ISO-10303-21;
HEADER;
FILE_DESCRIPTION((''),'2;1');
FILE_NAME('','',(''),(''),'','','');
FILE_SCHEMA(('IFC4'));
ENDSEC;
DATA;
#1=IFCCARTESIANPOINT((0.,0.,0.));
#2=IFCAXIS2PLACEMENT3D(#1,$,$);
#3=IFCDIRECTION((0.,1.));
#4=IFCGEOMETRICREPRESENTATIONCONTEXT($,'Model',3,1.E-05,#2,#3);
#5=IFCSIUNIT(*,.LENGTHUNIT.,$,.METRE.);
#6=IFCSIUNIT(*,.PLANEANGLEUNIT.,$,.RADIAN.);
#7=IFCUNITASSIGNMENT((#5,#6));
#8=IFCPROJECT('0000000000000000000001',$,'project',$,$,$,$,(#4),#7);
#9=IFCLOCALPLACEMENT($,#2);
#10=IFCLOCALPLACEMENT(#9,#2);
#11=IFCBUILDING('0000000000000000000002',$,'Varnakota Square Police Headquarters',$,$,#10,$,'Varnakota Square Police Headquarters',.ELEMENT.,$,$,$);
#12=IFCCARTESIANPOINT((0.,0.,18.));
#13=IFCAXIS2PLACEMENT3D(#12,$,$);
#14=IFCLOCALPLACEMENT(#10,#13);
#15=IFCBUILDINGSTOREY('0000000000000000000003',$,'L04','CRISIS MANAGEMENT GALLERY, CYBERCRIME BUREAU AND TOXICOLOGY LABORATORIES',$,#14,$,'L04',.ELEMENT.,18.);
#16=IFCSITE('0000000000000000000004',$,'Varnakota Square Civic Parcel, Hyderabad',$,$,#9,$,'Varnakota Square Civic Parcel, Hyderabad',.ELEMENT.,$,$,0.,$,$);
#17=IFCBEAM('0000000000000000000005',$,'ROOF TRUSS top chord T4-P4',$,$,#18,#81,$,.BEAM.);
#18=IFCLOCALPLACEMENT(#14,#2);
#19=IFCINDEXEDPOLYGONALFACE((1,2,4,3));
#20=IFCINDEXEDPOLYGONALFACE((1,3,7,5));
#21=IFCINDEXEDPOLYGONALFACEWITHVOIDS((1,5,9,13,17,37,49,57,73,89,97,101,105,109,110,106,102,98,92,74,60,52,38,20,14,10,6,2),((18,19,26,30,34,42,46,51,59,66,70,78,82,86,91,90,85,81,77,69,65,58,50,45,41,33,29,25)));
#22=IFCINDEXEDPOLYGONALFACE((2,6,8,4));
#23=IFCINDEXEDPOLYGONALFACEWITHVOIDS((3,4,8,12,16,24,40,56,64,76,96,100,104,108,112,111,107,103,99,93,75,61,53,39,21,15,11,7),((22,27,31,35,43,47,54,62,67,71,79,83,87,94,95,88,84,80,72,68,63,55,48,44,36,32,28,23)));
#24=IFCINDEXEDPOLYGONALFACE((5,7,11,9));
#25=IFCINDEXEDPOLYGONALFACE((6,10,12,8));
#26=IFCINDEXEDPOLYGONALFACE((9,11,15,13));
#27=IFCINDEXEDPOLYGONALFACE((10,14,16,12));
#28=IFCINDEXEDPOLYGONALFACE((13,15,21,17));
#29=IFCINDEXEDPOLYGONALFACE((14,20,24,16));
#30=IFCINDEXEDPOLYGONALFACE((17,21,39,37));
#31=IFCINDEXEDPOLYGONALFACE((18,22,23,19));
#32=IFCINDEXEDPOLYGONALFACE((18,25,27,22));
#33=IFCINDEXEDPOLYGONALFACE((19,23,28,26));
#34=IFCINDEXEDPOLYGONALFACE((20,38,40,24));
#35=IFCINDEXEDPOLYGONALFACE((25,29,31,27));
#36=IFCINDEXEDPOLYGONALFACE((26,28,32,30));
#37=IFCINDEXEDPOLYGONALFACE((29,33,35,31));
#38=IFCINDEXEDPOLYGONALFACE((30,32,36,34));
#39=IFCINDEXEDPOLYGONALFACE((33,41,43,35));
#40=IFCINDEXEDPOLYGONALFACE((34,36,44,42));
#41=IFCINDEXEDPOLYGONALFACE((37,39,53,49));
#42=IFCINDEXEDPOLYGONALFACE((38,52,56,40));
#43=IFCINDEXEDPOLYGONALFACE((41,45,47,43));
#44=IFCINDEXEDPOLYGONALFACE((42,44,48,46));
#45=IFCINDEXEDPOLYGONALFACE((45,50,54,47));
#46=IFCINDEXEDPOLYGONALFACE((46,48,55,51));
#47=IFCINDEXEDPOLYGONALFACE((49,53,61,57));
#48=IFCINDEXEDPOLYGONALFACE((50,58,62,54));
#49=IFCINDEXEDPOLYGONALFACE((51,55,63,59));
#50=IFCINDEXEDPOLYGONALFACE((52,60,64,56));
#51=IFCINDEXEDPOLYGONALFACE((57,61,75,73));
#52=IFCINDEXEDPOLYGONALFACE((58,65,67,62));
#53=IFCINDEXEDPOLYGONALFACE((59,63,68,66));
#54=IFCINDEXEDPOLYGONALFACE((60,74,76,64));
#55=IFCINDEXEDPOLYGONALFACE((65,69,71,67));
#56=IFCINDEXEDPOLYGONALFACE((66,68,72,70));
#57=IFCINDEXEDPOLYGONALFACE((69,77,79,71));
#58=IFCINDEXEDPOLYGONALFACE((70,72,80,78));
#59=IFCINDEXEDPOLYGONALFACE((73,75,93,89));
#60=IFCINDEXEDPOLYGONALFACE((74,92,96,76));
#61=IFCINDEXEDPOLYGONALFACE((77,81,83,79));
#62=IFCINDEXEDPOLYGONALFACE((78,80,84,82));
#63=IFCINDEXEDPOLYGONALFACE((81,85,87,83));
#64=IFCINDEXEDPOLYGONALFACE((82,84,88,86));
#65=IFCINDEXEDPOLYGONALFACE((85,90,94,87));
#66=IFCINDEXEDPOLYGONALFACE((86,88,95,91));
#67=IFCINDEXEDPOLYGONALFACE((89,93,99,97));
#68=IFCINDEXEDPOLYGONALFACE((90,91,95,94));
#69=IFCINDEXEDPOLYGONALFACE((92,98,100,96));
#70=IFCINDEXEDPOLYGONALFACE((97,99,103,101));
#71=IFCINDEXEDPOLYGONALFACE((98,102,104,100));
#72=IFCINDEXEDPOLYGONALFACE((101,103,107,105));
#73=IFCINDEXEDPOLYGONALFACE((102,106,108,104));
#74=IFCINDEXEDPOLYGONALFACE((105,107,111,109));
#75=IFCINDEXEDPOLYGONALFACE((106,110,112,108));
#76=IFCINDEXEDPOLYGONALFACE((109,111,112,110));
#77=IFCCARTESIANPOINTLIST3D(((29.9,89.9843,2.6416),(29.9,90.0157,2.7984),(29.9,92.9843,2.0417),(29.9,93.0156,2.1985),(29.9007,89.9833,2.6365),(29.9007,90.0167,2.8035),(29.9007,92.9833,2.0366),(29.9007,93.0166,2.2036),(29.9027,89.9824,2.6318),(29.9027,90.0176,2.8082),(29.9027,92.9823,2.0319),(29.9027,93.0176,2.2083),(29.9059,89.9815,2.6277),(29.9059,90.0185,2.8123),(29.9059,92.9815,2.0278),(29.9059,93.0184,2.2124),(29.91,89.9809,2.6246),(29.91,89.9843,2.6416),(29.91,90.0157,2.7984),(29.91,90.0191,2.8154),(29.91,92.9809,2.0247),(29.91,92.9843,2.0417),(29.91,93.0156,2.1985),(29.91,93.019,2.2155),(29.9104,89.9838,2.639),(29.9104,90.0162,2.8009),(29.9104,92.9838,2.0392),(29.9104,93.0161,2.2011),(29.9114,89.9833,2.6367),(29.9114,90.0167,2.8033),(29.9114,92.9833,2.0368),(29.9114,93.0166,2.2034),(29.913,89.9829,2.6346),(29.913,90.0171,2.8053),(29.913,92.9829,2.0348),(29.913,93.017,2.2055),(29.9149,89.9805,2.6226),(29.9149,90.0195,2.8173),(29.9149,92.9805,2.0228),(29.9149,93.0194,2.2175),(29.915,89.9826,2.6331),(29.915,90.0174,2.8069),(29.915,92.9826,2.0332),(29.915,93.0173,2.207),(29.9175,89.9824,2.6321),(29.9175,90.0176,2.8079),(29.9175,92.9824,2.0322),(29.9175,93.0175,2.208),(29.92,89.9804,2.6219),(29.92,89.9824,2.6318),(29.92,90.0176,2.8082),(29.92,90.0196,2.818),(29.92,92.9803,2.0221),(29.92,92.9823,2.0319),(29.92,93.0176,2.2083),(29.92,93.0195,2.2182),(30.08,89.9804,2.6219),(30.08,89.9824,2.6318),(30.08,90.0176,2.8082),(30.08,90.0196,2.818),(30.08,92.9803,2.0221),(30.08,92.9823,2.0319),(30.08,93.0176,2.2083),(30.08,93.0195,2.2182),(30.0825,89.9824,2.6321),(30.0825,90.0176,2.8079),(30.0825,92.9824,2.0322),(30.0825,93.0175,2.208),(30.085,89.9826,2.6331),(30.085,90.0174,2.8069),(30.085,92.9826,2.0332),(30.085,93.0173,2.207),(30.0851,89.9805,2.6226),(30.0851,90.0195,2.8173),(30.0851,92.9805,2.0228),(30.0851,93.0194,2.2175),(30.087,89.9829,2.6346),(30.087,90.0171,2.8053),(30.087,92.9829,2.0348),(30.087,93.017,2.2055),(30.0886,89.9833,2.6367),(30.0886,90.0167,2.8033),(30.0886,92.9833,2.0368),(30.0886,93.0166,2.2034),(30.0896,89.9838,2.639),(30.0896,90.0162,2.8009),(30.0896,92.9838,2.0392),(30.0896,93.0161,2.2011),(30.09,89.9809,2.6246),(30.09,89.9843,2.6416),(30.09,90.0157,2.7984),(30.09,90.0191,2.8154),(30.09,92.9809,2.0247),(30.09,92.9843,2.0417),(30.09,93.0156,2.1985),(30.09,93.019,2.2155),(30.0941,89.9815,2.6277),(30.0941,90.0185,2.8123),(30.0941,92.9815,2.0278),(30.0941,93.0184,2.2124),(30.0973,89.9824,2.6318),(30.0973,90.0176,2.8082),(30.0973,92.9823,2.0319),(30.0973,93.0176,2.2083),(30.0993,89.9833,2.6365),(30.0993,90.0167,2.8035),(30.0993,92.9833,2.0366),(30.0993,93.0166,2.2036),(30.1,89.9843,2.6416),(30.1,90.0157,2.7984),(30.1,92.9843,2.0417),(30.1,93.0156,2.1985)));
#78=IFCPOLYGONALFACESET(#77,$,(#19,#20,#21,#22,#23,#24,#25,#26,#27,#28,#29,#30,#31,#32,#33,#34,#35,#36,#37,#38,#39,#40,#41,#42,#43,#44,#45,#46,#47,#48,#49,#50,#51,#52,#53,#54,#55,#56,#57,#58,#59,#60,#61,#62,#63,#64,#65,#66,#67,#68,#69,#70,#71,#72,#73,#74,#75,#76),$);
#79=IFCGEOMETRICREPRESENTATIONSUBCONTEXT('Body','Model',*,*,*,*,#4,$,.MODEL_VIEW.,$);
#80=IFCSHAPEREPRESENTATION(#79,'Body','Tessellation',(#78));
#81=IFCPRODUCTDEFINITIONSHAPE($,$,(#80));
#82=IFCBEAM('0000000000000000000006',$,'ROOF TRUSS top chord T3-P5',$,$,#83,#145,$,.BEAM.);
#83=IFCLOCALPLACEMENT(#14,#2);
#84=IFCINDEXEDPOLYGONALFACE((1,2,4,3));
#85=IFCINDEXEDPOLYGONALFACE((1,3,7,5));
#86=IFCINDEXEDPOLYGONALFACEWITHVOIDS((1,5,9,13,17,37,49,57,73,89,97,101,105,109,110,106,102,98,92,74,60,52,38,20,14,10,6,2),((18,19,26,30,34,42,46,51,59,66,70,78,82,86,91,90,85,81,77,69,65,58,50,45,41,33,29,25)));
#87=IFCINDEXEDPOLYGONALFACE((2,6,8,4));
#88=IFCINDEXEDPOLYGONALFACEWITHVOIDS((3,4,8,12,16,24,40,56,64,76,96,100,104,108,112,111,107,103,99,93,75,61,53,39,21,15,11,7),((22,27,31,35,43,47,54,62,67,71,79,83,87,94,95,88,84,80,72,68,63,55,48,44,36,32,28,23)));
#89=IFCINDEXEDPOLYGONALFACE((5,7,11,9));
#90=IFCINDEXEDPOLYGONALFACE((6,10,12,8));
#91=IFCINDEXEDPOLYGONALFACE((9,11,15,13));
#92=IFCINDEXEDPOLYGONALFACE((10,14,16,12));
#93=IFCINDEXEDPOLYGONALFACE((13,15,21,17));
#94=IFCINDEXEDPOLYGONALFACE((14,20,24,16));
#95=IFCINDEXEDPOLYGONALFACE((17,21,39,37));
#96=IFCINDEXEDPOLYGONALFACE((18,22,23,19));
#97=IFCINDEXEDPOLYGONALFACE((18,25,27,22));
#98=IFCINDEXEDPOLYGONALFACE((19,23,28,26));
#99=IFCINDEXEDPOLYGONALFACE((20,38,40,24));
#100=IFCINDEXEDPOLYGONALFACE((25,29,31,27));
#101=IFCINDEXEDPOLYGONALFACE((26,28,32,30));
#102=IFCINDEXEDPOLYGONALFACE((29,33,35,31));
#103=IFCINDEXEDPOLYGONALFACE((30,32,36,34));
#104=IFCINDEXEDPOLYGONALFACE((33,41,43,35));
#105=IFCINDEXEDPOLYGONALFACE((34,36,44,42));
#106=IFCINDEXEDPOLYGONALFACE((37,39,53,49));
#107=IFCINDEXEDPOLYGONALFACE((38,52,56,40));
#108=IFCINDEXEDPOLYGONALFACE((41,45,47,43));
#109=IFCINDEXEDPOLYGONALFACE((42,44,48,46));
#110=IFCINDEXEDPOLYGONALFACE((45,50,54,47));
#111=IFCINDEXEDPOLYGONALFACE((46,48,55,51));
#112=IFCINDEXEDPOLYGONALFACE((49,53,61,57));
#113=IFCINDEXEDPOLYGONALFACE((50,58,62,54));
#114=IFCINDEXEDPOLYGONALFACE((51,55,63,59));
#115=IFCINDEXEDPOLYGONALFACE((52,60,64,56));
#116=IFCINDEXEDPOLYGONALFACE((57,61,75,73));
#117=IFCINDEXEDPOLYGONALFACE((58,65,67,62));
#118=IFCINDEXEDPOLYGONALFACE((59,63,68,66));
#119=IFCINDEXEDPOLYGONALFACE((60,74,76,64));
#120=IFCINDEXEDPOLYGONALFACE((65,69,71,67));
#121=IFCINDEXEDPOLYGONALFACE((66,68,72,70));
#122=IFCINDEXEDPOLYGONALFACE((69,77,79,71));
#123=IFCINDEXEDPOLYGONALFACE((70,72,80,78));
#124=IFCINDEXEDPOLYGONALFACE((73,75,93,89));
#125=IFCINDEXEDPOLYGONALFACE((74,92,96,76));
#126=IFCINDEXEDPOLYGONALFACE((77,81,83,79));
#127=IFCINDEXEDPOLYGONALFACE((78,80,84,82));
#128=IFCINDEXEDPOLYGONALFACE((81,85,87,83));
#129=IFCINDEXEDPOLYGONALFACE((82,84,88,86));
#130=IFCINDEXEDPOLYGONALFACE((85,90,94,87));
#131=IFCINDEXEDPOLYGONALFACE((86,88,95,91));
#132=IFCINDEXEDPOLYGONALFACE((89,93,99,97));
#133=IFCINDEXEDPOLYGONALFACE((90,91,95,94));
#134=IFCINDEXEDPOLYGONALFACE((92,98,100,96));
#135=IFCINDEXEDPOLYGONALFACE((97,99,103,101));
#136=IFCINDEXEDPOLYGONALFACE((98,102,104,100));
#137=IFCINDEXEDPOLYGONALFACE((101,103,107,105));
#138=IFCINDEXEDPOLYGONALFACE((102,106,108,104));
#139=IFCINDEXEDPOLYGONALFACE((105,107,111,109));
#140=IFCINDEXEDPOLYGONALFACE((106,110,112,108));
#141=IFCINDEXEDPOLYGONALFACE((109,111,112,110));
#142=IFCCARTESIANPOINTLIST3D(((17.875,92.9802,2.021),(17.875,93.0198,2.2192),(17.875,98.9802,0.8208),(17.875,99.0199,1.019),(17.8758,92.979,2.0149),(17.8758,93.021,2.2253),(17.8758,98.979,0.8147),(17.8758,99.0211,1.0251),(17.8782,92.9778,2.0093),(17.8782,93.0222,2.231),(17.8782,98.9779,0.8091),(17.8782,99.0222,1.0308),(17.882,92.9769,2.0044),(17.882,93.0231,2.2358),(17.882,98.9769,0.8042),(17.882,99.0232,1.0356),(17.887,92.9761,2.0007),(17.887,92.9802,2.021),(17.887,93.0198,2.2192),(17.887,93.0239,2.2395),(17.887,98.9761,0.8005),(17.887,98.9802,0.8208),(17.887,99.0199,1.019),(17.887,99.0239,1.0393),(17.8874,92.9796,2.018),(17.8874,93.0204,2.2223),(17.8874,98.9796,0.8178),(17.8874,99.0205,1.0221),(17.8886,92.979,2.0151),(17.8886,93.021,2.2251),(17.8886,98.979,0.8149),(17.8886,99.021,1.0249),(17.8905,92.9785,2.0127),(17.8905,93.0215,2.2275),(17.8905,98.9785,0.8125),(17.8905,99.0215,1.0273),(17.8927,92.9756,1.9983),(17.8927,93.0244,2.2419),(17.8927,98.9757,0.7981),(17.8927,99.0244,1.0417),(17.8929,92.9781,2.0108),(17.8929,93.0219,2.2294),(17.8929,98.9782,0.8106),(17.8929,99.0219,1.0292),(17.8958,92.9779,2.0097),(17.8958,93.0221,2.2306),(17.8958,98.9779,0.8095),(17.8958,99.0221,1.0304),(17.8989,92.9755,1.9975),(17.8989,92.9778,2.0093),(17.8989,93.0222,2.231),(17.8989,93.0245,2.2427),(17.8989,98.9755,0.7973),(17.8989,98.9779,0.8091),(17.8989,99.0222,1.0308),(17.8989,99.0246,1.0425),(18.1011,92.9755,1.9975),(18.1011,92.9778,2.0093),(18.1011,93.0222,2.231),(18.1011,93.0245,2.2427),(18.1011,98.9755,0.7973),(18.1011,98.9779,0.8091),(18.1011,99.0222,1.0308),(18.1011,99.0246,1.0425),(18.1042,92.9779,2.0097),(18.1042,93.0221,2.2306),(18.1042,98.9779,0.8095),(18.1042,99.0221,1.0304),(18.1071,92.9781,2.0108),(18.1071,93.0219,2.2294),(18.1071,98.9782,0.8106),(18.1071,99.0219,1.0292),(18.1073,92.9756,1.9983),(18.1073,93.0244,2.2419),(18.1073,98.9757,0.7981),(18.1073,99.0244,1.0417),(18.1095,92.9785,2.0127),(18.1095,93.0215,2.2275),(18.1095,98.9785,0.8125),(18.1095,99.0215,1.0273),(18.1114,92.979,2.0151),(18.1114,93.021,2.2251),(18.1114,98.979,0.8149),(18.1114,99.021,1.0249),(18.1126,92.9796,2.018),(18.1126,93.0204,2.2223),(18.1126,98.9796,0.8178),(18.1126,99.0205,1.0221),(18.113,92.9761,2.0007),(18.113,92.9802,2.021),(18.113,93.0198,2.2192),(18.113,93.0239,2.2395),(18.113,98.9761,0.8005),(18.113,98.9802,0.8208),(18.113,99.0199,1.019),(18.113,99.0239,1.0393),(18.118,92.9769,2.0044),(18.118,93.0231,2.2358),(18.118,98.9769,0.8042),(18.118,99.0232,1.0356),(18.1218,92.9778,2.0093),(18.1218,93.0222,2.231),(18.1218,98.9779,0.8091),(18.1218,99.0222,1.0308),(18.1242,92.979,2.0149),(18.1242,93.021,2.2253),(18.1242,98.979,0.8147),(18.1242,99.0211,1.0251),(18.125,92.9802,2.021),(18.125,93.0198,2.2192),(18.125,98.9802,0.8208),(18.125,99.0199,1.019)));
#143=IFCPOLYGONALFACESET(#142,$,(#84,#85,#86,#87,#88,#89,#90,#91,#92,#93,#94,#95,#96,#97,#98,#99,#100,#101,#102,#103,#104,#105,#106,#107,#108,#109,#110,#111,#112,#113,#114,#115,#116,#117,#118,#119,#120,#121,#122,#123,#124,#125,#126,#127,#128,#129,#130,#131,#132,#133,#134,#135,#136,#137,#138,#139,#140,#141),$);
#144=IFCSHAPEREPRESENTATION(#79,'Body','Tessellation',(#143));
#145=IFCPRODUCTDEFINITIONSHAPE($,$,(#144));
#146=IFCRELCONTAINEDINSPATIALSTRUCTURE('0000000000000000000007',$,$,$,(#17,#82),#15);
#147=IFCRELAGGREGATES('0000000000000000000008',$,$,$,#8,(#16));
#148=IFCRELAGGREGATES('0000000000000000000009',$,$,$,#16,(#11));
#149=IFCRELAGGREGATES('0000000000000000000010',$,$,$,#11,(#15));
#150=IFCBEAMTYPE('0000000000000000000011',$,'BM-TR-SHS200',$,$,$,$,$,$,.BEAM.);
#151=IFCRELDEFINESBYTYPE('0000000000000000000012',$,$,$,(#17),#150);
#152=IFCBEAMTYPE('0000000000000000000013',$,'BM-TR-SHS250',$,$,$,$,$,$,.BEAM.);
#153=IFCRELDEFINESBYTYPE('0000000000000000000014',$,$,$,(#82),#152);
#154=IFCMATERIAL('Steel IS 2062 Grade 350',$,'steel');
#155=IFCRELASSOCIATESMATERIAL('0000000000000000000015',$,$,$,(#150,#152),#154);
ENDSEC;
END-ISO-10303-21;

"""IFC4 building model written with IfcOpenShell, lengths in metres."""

from ifc_helpers import new_model, si_unit, direction, frame, origin, origin_2d, place, context, subcontext, project, spatial, hollow_rectangle, extrude, material, material_profile, profile_set, type_object, element, save


model = new_model("IFC4")

# Units and contexts
model_context = context("Model", 3, precision=1e-05, world=origin(), true_north=direction((0.0, 1.0)))
body_context = subcontext(model_context, "Body", "Model", "MODEL_VIEW")
ifc_project = project(units=[si_unit("LENGTHUNIT", "METRE"), si_unit("PLANEANGLEUNIT", "RADIAN")], contexts=[model_context])

# Site, building, storey
site_placement = place(None, origin())
site = spatial("IfcSite", under=ifc_project, at=site_placement, Name="Varnakota Square Civic Parcel, Hyderabad", LongName="Varnakota Square Civic Parcel, Hyderabad", CompositionType="ELEMENT", RefElevation=0.0)
building_placement = place(site_placement, origin())
building = spatial("IfcBuilding", under=site, at=building_placement, Name="Varnakota Square Police Headquarters", LongName="Varnakota Square Police Headquarters", CompositionType="ELEMENT")
storey_placement = place(building_placement, frame((0.0, 0.0, 18.0)))
storey = spatial("IfcBuildingStorey", under=building, at=storey_placement, Name="L04", Description="CRISIS MANAGEMENT GALLERY, CYBERCRIME BUREAU AND TOXICOLOGY LABORATORIES", LongName="L04", CompositionType="ELEMENT", Elevation=18.0)

# Beams
ifc_material_1 = material(Name="Steel IS 2062 Grade 350", Category="steel")
ifc_material_profile_1 = material_profile(ifc_material_1, hollow_rectangle(XDim=0.2, YDim=0.2, WallThickness=0.01, InnerFilletRadius=0.01, OuterFilletRadius=0.02, at=origin_2d()), Name="SHS 200x200x10")
ifc_profile_set_1 = profile_set([ifc_material_profile_1], Name="Steel IS 2062 Grade 350")
beam_type_1 = type_object("IfcBeamType", Name="BM-TR-SHS200", PredefinedType="BEAM", material=ifc_profile_set_1)
beam_placement = place(storey_placement, frame((30.0, 90.0, 2.72), z_axis=(0.0, 0.98059, -0.19607), x_axis=(-1.0, 0.0, 0.0)))
element("IfcBeam", 1, at=beam_placement, inside=storey, type_object=beam_type_1, Name="ROOF TRUSS top chord T4-P4", PredefinedType="BEAM", context=body_context, shape_type="SweptSolid", body=[
    extrude(hollow_rectangle(XDim=0.2, YDim=0.2, WallThickness=0.01, InnerFilletRadius=0.01, OuterFilletRadius=0.02, at=origin_2d()), origin(), (0.0, 0.0, 1.0), 3.0593),
])
ifc_material_profile_2 = material_profile(ifc_material_1, hollow_rectangle(XDim=0.25, YDim=0.25, WallThickness=0.012, InnerFilletRadius=0.012, OuterFilletRadius=0.0239, at=origin_2d()), Name="SHS 250x250x12")
ifc_profile_set_2 = profile_set([ifc_material_profile_2], Name="Steel IS 2062 Grade 350")
beam_type_2 = type_object("IfcBeamType", Name="BM-TR-SHS250", PredefinedType="BEAM", material=ifc_profile_set_2)
for number, where, z_axis, x_axis, name in (
    (2, (18.0, 93.0, 2.1201), (0.0, 0.980575, -0.196147), (-1.0, 0.0, 0.0), "ROOF TRUSS top chord T3-P5"),
):
    element("IfcBeam", number, at=place(storey_placement, frame(where, z_axis=z_axis, x_axis=x_axis)), inside=storey, type_object=beam_type_2, Name=name, PredefinedType="BEAM", context=body_context, shape_type="SweptSolid", body=[
        extrude(hollow_rectangle(XDim=0.25, YDim=0.25, WallThickness=0.012, InnerFilletRadius=0.012, OuterFilletRadius=0.0239, at=origin_2d()), origin(), (0.0, 0.0, 1.0), 6.1189),
    ])

save(model, "model.ifc")
